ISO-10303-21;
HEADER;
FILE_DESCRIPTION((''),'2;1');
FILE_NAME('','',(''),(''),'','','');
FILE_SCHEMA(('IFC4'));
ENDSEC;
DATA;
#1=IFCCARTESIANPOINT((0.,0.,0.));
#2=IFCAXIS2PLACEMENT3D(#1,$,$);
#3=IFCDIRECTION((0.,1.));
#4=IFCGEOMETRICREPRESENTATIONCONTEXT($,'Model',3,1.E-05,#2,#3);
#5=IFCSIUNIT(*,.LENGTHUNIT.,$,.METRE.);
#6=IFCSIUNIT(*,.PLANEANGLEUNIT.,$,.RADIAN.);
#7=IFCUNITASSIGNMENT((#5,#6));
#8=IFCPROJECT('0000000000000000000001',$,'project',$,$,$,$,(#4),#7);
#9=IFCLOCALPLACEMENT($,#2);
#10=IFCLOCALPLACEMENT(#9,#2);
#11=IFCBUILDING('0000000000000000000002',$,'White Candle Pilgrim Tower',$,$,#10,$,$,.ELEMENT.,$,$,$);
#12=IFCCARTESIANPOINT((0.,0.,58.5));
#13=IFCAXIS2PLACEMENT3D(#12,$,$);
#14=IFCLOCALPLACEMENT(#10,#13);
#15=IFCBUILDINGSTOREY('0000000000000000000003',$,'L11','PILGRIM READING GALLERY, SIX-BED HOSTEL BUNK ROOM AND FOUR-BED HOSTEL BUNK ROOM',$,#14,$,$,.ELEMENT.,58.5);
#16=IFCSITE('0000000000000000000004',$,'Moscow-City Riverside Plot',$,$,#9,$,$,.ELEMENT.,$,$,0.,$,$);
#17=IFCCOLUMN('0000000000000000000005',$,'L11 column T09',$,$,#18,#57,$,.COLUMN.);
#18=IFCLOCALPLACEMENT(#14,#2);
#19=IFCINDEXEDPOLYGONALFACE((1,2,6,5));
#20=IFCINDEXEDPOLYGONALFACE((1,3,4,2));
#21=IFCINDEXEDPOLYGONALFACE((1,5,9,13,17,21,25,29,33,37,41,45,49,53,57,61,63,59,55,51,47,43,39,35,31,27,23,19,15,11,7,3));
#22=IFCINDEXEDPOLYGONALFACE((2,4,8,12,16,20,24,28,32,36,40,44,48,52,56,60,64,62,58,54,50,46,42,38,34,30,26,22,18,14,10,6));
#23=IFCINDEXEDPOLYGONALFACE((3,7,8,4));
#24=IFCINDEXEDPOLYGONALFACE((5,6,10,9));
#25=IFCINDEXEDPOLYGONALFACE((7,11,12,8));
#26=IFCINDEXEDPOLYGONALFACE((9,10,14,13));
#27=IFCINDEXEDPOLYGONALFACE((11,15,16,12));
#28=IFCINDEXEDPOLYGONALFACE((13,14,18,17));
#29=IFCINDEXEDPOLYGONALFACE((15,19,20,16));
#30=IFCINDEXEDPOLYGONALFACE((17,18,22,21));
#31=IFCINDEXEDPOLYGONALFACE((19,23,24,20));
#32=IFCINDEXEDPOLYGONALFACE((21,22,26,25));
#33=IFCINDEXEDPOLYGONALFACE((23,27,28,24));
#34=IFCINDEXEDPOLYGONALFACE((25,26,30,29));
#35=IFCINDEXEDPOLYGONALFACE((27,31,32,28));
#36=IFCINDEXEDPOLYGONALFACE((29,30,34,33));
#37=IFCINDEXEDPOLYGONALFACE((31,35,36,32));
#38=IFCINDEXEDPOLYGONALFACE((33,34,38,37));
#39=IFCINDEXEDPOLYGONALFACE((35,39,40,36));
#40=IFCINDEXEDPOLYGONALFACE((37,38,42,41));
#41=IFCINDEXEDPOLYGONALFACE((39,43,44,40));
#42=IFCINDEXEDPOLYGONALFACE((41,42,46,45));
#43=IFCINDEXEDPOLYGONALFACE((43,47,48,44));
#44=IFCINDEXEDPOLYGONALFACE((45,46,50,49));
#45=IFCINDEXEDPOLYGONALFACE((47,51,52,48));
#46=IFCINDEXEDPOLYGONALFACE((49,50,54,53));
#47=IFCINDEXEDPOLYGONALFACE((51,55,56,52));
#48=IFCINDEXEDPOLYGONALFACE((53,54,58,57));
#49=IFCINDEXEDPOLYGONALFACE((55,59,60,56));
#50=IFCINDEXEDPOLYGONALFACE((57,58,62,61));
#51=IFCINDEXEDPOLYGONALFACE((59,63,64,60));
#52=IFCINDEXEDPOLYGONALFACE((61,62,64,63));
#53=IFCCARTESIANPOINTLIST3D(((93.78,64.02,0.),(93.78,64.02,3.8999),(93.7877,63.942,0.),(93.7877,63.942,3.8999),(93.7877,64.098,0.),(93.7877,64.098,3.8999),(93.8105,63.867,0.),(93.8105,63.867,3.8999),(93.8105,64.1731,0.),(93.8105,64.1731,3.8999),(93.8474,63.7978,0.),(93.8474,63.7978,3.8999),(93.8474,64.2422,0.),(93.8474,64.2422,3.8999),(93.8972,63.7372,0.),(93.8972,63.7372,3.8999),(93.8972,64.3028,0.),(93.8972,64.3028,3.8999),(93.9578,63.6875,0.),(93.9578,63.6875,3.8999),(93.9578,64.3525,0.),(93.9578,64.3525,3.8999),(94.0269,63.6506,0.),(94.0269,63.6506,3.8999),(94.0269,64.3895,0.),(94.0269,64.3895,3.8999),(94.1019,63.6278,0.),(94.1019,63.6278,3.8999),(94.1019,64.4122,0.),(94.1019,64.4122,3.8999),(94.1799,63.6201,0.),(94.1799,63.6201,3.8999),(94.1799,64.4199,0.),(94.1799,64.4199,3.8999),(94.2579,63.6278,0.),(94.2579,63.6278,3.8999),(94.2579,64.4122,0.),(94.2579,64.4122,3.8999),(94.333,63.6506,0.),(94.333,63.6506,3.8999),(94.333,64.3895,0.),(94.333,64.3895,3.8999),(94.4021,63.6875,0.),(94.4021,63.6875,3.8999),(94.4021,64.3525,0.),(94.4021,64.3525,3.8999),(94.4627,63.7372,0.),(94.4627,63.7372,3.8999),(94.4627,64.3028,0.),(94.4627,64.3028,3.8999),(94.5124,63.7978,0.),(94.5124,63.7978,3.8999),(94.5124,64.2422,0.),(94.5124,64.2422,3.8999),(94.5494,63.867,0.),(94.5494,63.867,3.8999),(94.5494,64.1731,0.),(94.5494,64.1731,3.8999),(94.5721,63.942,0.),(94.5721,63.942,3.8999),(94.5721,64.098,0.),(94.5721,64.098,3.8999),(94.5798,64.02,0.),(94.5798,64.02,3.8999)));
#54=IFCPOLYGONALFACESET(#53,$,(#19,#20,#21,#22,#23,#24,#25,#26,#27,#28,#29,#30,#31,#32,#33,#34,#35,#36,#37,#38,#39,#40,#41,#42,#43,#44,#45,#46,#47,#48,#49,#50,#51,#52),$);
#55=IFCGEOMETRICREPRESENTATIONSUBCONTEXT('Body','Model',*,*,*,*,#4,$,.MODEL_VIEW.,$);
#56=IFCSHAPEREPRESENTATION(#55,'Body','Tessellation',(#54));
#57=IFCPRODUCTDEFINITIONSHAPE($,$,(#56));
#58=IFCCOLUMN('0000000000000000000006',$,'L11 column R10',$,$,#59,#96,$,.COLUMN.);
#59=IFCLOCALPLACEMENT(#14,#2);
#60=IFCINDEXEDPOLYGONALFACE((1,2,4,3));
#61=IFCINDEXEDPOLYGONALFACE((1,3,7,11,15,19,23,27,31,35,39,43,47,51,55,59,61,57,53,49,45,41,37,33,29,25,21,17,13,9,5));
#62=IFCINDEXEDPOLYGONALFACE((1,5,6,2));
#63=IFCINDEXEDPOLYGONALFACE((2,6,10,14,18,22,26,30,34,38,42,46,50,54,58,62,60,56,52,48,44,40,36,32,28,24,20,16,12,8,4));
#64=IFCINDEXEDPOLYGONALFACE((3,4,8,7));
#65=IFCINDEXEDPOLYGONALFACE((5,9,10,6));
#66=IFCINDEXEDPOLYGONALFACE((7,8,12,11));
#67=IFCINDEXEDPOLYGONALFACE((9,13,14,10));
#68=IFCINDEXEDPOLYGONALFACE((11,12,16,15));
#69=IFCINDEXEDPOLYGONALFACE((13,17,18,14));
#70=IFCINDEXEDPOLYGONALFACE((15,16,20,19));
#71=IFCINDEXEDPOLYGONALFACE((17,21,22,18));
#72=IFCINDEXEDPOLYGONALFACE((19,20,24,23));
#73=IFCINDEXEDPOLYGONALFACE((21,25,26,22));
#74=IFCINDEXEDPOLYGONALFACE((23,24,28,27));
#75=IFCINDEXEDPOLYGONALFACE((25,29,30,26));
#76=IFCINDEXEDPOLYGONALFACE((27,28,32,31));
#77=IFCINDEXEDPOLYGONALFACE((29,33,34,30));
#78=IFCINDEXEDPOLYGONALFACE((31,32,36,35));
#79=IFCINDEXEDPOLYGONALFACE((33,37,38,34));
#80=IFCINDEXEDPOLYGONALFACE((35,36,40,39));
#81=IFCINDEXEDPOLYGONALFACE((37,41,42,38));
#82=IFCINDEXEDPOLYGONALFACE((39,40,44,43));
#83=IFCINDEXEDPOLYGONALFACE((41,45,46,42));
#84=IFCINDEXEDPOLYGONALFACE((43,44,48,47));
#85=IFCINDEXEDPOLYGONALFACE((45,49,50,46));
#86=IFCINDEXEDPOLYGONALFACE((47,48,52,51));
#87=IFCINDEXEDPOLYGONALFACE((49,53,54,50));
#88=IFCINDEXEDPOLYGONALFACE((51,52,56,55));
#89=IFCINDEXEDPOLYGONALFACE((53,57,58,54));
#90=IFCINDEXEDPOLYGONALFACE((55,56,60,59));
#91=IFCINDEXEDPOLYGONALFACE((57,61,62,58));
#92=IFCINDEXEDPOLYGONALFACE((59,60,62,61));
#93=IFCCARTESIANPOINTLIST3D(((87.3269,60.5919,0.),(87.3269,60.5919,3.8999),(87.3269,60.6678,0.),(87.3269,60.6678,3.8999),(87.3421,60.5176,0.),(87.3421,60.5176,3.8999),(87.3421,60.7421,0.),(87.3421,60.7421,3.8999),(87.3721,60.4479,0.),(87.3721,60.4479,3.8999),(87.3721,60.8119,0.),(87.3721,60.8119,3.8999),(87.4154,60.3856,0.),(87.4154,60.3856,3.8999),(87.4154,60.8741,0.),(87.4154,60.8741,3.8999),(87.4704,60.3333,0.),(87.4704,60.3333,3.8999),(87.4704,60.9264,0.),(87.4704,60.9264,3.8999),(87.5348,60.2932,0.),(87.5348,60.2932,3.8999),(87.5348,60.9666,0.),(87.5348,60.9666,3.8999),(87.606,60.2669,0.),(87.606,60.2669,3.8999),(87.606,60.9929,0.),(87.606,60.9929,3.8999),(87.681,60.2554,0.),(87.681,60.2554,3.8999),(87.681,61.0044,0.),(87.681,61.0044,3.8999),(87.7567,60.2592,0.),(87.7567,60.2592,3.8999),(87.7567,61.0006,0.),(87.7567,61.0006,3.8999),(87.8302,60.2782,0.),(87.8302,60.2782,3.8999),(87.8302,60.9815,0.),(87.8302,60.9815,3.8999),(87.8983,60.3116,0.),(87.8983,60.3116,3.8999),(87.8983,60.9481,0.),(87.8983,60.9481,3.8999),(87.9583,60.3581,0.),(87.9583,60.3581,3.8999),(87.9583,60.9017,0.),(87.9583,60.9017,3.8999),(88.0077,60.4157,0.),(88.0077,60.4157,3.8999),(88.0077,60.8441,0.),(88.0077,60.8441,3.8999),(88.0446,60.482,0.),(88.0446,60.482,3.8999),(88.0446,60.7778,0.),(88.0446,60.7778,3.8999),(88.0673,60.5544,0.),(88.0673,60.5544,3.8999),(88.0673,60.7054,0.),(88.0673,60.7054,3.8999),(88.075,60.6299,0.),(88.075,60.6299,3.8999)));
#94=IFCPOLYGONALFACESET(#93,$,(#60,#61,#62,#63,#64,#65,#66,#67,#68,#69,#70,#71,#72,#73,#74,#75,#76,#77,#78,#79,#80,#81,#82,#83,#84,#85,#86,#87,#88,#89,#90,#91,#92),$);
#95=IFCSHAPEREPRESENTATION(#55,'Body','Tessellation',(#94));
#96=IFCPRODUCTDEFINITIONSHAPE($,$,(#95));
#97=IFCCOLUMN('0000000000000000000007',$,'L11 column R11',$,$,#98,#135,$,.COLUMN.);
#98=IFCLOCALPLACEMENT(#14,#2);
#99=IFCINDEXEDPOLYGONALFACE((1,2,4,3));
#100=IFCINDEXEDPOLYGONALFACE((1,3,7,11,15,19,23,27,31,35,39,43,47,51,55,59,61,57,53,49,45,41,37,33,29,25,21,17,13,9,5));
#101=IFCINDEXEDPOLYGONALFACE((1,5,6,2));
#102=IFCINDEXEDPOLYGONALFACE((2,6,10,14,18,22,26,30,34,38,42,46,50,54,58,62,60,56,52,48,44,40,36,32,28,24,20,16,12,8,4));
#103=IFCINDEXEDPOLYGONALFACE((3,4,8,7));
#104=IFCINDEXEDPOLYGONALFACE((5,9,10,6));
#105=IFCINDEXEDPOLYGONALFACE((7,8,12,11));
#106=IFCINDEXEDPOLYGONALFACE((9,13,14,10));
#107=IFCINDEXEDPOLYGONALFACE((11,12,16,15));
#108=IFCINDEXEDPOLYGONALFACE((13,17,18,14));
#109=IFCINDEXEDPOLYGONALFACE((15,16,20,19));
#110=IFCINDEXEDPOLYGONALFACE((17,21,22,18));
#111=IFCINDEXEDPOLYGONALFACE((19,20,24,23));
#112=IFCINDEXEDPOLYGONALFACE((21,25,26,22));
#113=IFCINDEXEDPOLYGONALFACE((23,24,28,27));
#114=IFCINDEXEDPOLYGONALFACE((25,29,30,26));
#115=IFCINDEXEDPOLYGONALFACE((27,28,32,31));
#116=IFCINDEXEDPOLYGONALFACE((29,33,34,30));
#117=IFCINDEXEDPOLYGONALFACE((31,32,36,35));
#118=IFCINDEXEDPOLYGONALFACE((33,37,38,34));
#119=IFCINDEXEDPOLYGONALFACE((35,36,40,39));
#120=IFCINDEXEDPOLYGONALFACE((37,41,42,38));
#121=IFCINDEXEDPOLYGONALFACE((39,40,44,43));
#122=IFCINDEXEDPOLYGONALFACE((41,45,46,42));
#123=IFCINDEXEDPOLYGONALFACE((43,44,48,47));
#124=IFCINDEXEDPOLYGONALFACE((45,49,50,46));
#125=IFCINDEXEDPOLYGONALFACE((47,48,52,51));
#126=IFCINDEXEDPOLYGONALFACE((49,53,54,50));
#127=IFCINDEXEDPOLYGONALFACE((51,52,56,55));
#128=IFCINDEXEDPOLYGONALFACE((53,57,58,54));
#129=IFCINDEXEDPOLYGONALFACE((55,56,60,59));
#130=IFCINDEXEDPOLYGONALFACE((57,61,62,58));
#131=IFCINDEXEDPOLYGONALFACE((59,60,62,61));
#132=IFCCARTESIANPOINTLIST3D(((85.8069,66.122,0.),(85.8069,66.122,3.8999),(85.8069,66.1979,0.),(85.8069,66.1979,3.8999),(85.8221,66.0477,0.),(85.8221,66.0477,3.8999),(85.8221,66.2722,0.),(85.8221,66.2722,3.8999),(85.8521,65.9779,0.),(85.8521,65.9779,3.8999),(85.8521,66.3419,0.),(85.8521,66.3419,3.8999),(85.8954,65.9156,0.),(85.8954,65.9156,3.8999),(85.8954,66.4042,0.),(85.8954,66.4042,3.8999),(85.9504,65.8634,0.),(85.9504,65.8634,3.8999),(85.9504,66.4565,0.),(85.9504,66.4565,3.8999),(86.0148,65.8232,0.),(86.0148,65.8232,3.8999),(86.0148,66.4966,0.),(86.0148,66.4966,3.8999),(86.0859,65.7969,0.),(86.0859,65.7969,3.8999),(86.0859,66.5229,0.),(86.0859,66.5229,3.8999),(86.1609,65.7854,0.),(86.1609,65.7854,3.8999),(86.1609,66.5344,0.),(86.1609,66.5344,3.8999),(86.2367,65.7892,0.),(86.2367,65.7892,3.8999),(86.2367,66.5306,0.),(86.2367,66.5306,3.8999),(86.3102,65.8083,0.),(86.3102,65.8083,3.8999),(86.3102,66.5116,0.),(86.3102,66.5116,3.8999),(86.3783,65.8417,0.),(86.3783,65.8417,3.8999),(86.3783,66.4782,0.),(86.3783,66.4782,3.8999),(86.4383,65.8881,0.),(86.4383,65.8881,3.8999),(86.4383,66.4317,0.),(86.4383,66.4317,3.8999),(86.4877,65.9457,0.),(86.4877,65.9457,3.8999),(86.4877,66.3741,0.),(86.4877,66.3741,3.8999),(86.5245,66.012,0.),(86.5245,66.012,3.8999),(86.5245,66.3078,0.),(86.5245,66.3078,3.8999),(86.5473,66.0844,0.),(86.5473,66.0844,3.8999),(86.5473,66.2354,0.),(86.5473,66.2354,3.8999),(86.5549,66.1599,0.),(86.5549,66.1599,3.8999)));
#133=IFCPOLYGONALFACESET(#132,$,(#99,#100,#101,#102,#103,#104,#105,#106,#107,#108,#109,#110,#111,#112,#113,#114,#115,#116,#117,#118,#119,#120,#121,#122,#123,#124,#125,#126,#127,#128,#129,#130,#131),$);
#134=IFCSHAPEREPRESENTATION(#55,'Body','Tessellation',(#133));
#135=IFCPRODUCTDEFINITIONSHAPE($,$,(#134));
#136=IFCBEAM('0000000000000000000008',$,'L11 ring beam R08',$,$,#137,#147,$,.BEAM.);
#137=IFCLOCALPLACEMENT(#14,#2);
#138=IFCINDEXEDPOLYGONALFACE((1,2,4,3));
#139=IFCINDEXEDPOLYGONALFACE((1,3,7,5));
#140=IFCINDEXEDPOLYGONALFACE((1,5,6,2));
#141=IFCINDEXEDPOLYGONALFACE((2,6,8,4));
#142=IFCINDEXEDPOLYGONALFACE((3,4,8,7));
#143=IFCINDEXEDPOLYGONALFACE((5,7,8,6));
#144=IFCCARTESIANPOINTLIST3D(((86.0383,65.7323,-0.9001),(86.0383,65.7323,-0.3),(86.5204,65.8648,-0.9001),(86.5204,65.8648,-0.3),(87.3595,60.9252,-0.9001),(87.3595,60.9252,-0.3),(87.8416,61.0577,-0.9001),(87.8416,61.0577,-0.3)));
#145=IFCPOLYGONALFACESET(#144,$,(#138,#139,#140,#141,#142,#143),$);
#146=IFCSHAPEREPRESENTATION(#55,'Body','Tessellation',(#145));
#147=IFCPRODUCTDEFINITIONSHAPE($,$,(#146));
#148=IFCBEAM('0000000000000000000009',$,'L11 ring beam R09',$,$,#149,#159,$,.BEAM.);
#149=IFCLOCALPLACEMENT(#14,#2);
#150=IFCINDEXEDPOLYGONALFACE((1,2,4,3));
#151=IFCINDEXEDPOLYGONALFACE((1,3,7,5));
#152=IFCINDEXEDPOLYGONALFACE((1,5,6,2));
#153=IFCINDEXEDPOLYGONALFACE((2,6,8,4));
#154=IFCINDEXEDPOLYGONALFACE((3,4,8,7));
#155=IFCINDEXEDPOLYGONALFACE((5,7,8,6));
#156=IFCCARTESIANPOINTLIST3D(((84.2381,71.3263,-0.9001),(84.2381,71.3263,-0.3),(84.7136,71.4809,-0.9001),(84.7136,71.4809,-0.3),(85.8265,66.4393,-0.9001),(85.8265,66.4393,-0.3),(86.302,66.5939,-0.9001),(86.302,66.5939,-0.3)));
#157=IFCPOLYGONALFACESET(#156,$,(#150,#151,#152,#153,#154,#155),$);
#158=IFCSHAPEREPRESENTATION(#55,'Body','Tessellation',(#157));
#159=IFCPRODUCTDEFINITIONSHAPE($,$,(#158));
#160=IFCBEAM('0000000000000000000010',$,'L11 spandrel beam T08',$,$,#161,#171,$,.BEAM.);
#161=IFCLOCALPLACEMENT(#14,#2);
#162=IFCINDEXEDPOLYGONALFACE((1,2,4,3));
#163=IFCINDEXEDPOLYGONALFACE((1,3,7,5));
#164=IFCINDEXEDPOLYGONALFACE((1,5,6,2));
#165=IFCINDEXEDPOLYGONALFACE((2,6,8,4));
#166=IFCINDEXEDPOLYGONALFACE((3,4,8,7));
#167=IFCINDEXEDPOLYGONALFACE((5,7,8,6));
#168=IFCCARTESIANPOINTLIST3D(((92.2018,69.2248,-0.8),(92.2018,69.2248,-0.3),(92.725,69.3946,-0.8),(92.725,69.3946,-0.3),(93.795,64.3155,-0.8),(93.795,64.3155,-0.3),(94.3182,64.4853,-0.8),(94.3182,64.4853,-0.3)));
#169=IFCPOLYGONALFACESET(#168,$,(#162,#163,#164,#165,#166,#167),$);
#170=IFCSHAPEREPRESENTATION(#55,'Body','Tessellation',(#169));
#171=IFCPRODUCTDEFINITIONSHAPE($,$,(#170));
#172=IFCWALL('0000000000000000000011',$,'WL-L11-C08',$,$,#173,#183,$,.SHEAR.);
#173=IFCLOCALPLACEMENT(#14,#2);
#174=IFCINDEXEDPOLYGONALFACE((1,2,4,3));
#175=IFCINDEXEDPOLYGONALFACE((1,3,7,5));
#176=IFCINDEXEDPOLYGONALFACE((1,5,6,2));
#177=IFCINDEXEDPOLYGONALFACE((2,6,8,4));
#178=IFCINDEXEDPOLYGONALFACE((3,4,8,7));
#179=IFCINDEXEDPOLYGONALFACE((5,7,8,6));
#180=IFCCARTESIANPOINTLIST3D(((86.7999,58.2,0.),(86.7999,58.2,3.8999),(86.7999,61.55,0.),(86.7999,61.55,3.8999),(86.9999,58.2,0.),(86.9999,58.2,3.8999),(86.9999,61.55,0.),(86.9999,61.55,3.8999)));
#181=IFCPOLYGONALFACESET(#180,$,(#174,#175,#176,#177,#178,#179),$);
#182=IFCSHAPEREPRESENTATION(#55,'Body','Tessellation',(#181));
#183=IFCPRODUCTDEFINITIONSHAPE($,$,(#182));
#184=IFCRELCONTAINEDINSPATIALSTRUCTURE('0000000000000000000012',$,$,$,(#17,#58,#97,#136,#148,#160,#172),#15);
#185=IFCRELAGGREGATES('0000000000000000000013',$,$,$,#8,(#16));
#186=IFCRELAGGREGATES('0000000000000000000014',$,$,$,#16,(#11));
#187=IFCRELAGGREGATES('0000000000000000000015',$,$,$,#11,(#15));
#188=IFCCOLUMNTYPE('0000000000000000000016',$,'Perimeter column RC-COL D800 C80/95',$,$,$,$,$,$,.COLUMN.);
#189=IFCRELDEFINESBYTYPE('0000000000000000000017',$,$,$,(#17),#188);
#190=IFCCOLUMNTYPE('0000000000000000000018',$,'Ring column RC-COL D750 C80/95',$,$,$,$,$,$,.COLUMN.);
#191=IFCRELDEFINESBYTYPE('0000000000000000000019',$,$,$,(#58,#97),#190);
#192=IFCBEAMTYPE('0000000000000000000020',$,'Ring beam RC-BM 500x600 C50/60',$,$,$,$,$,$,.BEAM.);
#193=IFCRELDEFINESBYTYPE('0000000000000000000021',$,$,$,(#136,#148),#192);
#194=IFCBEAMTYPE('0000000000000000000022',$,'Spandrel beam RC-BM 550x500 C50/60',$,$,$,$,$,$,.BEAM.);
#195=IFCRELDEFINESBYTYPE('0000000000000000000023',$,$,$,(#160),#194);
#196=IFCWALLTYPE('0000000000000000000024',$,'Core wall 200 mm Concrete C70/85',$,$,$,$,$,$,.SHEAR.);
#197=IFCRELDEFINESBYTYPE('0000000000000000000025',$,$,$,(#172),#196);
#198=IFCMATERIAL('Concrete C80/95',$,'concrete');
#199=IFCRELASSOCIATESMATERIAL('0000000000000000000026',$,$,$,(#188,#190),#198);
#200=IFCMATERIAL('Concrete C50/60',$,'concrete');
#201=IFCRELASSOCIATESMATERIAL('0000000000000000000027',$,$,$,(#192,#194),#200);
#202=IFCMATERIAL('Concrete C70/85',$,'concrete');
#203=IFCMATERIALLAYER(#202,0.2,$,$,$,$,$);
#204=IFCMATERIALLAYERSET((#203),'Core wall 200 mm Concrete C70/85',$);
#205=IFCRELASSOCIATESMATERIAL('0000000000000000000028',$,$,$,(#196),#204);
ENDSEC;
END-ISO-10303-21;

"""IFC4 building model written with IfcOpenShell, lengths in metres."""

from ifc_helpers import new_model, si_unit, direction, frame, frame_2d, origin, origin_2d, place, context, subcontext, project, spatial, rectangle, circle, extrude, material, layer, layer_set, material_profile, profile_set, type_object, element, save


model = new_model("IFC4")

# Units and contexts
model_context = context("Model", 3, precision=1e-05, world=origin(), true_north=direction((0.0, 1.0)))
body_context = subcontext(model_context, "Body", "Model", "MODEL_VIEW")
ifc_project = project(units=[si_unit("LENGTHUNIT", "METRE"), si_unit("PLANEANGLEUNIT", "RADIAN")], contexts=[model_context])

# Site, building, storey
site_placement = place(None, origin())
site = spatial("IfcSite", under=ifc_project, at=site_placement, Name="Moscow-City Riverside Plot", CompositionType="ELEMENT", RefElevation=0.0)
building_placement = place(site_placement, origin())
building = spatial("IfcBuilding", under=site, at=building_placement, Name="White Candle Pilgrim Tower", CompositionType="ELEMENT")
storey_placement = place(building_placement, frame((0.0, 0.0, 58.5)))
storey = spatial("IfcBuildingStorey", under=building, at=storey_placement, Name="L11", Description="PILGRIM READING GALLERY, SIX-BED HOSTEL BUNK ROOM AND FOUR-BED HOSTEL BUNK ROOM", CompositionType="ELEMENT", Elevation=58.5)

# Columns
ifc_material_1 = material(Name="Concrete C80/95", Category="concrete")
ifc_material_profile_1 = material_profile(ifc_material_1, circle(Radius=0.3999, at=origin_2d()), Name="RC-COL D800")
ifc_profile_set_1 = profile_set([ifc_material_profile_1], Name="Concrete C80/95")
column_type_1 = type_object("IfcColumnType", Name="Perimeter column RC-COL D800 C80/95", PredefinedType="COLUMN", material=ifc_profile_set_1)
column_placement = place(storey_placement, frame((94.1799, 64.02, 0.0), z_axis=(0.0, 0.0, 1.0), x_axis=(1.0, 0.0, 0.0)))
element("IfcColumn", 1, at=column_placement, inside=storey, type_object=column_type_1, Name="L11 column T09", PredefinedType="COLUMN", context=body_context, shape_type="SweptSolid", body=[
    extrude(circle(Radius=0.3999, at=origin_2d()), origin(), (0.0, 0.0, 1.0), 3.8999),
])
ifc_material_profile_2 = material_profile(ifc_material_1, circle(Radius=0.375, at=origin_2d()), Name="RC-COL D750")
ifc_profile_set_2 = profile_set([ifc_material_profile_2], Name="Concrete C80/95")
column_type_2 = type_object("IfcColumnType", Name="Ring column RC-COL D750 C80/95", PredefinedType="COLUMN", material=ifc_profile_set_2)
for number, where, z_axis, x_axis, name in (
    (2, (87.7, 60.6299, 0.0), (0.0, 0.0, 1.0), (1.0, 0.0, 0.0), "L11 column R10"),
    (3, (86.1799, 66.1599, 0.0), (0.0, 0.0, 1.0), (1.0, 0.0, 0.0), "L11 column R11"),
):
    element("IfcColumn", number, at=place(storey_placement, frame(where, z_axis=z_axis, x_axis=x_axis)), inside=storey, type_object=column_type_2, Name=name, PredefinedType="COLUMN", context=body_context, shape_type="SweptSolid", body=[
        extrude(circle(Radius=0.375, at=origin_2d()), origin(), (0.0, 0.0, 1.0), 3.8999),
    ])

# Beams
ifc_material_2 = material(Name="Concrete C50/60", Category="concrete")
ifc_material_profile_3 = material_profile(ifc_material_2, rectangle(XDim=0.5, YDim=0.6001, at=origin_2d()), Name="RC-BM 500x600")
ifc_profile_set_3 = profile_set([ifc_material_profile_3], Name="Concrete C50/60")
beam_type_1 = type_object("IfcBeamType", Name="Ring beam RC-BM 500x600 C50/60", PredefinedType="BEAM", material=ifc_profile_set_3)
beam_1_placement = place(storey_placement, frame((87.6006, 60.9915, -0.6001), z_axis=(-0.265031, 0.96424, 0.0), x_axis=(-0.96424, -0.265031, 0.0)))
element("IfcBeam", 4, at=beam_1_placement, inside=storey, type_object=beam_type_1, Name="L11 ring beam R08", PredefinedType="BEAM", context=body_context, shape_type="SweptSolid", body=[
    extrude(rectangle(XDim=0.5, YDim=0.6001, at=origin_2d()), origin(), (0.0, 0.0, 1.0), 4.9854),
])
beam_2_placement = place(storey_placement, frame((86.0642, 66.5166, -0.6001), z_axis=(-0.309106, 0.951027, 0.0), x_axis=(-0.951027, -0.309106, 0.0)))
element("IfcBeam", 5, at=beam_2_placement, inside=storey, type_object=beam_type_1, Name="L11 ring beam R09", PredefinedType="BEAM", context=body_context, shape_type="SweptSolid", body=[
    extrude(rectangle(XDim=0.5, YDim=0.6001, at=origin_2d()), origin(), (0.0, 0.0, 1.0), 5.1387),
])
ifc_material_profile_4 = material_profile(ifc_material_2, rectangle(XDim=0.55, YDim=0.5, at=origin_2d()), Name="RC-BM 550x500")
ifc_profile_set_4 = profile_set([ifc_material_profile_4], Name="Concrete C50/60")
beam_type_2 = type_object("IfcBeamType", Name="Spandrel beam RC-BM 550x500 C50/60", PredefinedType="BEAM", material=ifc_profile_set_4)
beam_3_placement = place(storey_placement, frame((94.0566, 64.4004, -0.55), z_axis=(-0.308683, 0.951165, 0.0), x_axis=(-0.951165, -0.308683, 0.0)))
element("IfcBeam", 6, at=beam_3_placement, inside=storey, type_object=beam_type_2, Name="L11 spandrel beam T08", PredefinedType="BEAM", context=body_context, shape_type="SweptSolid", body=[
    extrude(rectangle(XDim=0.55, YDim=0.5, at=origin_2d()), origin(), (0.0, 0.0, 1.0), 5.1614),
])

# Wall
ifc_material_3 = material(Name="Concrete C70/85", Category="concrete")
ifc_layer_1 = layer(ifc_material_3, 0.2)
ifc_layer_set_1 = layer_set([ifc_layer_1], Name="Core wall 200 mm Concrete C70/85")
wall_type_1 = type_object("IfcWallType", Name="Core wall 200 mm Concrete C70/85", PredefinedType="SHEAR", material=ifc_layer_set_1)
wall_1_placement = place(storey_placement, frame((86.8999, 58.2, 0.0), z_axis=(0.0, 0.0, 1.0), x_axis=(0.0, 1.0, 0.0)))
element("IfcWall", 7, at=wall_1_placement, inside=storey, type_object=wall_type_1, Name="WL-L11-C08", PredefinedType="SHEAR", context=body_context, shape_type="SweptSolid", body=[
    extrude(rectangle(XDim=3.3501, YDim=0.2, at=frame_2d((1.675, 0.0))), origin(), (0.0, 0.0, 1.0), 3.8999),
])

save(model, "model.ifc")
